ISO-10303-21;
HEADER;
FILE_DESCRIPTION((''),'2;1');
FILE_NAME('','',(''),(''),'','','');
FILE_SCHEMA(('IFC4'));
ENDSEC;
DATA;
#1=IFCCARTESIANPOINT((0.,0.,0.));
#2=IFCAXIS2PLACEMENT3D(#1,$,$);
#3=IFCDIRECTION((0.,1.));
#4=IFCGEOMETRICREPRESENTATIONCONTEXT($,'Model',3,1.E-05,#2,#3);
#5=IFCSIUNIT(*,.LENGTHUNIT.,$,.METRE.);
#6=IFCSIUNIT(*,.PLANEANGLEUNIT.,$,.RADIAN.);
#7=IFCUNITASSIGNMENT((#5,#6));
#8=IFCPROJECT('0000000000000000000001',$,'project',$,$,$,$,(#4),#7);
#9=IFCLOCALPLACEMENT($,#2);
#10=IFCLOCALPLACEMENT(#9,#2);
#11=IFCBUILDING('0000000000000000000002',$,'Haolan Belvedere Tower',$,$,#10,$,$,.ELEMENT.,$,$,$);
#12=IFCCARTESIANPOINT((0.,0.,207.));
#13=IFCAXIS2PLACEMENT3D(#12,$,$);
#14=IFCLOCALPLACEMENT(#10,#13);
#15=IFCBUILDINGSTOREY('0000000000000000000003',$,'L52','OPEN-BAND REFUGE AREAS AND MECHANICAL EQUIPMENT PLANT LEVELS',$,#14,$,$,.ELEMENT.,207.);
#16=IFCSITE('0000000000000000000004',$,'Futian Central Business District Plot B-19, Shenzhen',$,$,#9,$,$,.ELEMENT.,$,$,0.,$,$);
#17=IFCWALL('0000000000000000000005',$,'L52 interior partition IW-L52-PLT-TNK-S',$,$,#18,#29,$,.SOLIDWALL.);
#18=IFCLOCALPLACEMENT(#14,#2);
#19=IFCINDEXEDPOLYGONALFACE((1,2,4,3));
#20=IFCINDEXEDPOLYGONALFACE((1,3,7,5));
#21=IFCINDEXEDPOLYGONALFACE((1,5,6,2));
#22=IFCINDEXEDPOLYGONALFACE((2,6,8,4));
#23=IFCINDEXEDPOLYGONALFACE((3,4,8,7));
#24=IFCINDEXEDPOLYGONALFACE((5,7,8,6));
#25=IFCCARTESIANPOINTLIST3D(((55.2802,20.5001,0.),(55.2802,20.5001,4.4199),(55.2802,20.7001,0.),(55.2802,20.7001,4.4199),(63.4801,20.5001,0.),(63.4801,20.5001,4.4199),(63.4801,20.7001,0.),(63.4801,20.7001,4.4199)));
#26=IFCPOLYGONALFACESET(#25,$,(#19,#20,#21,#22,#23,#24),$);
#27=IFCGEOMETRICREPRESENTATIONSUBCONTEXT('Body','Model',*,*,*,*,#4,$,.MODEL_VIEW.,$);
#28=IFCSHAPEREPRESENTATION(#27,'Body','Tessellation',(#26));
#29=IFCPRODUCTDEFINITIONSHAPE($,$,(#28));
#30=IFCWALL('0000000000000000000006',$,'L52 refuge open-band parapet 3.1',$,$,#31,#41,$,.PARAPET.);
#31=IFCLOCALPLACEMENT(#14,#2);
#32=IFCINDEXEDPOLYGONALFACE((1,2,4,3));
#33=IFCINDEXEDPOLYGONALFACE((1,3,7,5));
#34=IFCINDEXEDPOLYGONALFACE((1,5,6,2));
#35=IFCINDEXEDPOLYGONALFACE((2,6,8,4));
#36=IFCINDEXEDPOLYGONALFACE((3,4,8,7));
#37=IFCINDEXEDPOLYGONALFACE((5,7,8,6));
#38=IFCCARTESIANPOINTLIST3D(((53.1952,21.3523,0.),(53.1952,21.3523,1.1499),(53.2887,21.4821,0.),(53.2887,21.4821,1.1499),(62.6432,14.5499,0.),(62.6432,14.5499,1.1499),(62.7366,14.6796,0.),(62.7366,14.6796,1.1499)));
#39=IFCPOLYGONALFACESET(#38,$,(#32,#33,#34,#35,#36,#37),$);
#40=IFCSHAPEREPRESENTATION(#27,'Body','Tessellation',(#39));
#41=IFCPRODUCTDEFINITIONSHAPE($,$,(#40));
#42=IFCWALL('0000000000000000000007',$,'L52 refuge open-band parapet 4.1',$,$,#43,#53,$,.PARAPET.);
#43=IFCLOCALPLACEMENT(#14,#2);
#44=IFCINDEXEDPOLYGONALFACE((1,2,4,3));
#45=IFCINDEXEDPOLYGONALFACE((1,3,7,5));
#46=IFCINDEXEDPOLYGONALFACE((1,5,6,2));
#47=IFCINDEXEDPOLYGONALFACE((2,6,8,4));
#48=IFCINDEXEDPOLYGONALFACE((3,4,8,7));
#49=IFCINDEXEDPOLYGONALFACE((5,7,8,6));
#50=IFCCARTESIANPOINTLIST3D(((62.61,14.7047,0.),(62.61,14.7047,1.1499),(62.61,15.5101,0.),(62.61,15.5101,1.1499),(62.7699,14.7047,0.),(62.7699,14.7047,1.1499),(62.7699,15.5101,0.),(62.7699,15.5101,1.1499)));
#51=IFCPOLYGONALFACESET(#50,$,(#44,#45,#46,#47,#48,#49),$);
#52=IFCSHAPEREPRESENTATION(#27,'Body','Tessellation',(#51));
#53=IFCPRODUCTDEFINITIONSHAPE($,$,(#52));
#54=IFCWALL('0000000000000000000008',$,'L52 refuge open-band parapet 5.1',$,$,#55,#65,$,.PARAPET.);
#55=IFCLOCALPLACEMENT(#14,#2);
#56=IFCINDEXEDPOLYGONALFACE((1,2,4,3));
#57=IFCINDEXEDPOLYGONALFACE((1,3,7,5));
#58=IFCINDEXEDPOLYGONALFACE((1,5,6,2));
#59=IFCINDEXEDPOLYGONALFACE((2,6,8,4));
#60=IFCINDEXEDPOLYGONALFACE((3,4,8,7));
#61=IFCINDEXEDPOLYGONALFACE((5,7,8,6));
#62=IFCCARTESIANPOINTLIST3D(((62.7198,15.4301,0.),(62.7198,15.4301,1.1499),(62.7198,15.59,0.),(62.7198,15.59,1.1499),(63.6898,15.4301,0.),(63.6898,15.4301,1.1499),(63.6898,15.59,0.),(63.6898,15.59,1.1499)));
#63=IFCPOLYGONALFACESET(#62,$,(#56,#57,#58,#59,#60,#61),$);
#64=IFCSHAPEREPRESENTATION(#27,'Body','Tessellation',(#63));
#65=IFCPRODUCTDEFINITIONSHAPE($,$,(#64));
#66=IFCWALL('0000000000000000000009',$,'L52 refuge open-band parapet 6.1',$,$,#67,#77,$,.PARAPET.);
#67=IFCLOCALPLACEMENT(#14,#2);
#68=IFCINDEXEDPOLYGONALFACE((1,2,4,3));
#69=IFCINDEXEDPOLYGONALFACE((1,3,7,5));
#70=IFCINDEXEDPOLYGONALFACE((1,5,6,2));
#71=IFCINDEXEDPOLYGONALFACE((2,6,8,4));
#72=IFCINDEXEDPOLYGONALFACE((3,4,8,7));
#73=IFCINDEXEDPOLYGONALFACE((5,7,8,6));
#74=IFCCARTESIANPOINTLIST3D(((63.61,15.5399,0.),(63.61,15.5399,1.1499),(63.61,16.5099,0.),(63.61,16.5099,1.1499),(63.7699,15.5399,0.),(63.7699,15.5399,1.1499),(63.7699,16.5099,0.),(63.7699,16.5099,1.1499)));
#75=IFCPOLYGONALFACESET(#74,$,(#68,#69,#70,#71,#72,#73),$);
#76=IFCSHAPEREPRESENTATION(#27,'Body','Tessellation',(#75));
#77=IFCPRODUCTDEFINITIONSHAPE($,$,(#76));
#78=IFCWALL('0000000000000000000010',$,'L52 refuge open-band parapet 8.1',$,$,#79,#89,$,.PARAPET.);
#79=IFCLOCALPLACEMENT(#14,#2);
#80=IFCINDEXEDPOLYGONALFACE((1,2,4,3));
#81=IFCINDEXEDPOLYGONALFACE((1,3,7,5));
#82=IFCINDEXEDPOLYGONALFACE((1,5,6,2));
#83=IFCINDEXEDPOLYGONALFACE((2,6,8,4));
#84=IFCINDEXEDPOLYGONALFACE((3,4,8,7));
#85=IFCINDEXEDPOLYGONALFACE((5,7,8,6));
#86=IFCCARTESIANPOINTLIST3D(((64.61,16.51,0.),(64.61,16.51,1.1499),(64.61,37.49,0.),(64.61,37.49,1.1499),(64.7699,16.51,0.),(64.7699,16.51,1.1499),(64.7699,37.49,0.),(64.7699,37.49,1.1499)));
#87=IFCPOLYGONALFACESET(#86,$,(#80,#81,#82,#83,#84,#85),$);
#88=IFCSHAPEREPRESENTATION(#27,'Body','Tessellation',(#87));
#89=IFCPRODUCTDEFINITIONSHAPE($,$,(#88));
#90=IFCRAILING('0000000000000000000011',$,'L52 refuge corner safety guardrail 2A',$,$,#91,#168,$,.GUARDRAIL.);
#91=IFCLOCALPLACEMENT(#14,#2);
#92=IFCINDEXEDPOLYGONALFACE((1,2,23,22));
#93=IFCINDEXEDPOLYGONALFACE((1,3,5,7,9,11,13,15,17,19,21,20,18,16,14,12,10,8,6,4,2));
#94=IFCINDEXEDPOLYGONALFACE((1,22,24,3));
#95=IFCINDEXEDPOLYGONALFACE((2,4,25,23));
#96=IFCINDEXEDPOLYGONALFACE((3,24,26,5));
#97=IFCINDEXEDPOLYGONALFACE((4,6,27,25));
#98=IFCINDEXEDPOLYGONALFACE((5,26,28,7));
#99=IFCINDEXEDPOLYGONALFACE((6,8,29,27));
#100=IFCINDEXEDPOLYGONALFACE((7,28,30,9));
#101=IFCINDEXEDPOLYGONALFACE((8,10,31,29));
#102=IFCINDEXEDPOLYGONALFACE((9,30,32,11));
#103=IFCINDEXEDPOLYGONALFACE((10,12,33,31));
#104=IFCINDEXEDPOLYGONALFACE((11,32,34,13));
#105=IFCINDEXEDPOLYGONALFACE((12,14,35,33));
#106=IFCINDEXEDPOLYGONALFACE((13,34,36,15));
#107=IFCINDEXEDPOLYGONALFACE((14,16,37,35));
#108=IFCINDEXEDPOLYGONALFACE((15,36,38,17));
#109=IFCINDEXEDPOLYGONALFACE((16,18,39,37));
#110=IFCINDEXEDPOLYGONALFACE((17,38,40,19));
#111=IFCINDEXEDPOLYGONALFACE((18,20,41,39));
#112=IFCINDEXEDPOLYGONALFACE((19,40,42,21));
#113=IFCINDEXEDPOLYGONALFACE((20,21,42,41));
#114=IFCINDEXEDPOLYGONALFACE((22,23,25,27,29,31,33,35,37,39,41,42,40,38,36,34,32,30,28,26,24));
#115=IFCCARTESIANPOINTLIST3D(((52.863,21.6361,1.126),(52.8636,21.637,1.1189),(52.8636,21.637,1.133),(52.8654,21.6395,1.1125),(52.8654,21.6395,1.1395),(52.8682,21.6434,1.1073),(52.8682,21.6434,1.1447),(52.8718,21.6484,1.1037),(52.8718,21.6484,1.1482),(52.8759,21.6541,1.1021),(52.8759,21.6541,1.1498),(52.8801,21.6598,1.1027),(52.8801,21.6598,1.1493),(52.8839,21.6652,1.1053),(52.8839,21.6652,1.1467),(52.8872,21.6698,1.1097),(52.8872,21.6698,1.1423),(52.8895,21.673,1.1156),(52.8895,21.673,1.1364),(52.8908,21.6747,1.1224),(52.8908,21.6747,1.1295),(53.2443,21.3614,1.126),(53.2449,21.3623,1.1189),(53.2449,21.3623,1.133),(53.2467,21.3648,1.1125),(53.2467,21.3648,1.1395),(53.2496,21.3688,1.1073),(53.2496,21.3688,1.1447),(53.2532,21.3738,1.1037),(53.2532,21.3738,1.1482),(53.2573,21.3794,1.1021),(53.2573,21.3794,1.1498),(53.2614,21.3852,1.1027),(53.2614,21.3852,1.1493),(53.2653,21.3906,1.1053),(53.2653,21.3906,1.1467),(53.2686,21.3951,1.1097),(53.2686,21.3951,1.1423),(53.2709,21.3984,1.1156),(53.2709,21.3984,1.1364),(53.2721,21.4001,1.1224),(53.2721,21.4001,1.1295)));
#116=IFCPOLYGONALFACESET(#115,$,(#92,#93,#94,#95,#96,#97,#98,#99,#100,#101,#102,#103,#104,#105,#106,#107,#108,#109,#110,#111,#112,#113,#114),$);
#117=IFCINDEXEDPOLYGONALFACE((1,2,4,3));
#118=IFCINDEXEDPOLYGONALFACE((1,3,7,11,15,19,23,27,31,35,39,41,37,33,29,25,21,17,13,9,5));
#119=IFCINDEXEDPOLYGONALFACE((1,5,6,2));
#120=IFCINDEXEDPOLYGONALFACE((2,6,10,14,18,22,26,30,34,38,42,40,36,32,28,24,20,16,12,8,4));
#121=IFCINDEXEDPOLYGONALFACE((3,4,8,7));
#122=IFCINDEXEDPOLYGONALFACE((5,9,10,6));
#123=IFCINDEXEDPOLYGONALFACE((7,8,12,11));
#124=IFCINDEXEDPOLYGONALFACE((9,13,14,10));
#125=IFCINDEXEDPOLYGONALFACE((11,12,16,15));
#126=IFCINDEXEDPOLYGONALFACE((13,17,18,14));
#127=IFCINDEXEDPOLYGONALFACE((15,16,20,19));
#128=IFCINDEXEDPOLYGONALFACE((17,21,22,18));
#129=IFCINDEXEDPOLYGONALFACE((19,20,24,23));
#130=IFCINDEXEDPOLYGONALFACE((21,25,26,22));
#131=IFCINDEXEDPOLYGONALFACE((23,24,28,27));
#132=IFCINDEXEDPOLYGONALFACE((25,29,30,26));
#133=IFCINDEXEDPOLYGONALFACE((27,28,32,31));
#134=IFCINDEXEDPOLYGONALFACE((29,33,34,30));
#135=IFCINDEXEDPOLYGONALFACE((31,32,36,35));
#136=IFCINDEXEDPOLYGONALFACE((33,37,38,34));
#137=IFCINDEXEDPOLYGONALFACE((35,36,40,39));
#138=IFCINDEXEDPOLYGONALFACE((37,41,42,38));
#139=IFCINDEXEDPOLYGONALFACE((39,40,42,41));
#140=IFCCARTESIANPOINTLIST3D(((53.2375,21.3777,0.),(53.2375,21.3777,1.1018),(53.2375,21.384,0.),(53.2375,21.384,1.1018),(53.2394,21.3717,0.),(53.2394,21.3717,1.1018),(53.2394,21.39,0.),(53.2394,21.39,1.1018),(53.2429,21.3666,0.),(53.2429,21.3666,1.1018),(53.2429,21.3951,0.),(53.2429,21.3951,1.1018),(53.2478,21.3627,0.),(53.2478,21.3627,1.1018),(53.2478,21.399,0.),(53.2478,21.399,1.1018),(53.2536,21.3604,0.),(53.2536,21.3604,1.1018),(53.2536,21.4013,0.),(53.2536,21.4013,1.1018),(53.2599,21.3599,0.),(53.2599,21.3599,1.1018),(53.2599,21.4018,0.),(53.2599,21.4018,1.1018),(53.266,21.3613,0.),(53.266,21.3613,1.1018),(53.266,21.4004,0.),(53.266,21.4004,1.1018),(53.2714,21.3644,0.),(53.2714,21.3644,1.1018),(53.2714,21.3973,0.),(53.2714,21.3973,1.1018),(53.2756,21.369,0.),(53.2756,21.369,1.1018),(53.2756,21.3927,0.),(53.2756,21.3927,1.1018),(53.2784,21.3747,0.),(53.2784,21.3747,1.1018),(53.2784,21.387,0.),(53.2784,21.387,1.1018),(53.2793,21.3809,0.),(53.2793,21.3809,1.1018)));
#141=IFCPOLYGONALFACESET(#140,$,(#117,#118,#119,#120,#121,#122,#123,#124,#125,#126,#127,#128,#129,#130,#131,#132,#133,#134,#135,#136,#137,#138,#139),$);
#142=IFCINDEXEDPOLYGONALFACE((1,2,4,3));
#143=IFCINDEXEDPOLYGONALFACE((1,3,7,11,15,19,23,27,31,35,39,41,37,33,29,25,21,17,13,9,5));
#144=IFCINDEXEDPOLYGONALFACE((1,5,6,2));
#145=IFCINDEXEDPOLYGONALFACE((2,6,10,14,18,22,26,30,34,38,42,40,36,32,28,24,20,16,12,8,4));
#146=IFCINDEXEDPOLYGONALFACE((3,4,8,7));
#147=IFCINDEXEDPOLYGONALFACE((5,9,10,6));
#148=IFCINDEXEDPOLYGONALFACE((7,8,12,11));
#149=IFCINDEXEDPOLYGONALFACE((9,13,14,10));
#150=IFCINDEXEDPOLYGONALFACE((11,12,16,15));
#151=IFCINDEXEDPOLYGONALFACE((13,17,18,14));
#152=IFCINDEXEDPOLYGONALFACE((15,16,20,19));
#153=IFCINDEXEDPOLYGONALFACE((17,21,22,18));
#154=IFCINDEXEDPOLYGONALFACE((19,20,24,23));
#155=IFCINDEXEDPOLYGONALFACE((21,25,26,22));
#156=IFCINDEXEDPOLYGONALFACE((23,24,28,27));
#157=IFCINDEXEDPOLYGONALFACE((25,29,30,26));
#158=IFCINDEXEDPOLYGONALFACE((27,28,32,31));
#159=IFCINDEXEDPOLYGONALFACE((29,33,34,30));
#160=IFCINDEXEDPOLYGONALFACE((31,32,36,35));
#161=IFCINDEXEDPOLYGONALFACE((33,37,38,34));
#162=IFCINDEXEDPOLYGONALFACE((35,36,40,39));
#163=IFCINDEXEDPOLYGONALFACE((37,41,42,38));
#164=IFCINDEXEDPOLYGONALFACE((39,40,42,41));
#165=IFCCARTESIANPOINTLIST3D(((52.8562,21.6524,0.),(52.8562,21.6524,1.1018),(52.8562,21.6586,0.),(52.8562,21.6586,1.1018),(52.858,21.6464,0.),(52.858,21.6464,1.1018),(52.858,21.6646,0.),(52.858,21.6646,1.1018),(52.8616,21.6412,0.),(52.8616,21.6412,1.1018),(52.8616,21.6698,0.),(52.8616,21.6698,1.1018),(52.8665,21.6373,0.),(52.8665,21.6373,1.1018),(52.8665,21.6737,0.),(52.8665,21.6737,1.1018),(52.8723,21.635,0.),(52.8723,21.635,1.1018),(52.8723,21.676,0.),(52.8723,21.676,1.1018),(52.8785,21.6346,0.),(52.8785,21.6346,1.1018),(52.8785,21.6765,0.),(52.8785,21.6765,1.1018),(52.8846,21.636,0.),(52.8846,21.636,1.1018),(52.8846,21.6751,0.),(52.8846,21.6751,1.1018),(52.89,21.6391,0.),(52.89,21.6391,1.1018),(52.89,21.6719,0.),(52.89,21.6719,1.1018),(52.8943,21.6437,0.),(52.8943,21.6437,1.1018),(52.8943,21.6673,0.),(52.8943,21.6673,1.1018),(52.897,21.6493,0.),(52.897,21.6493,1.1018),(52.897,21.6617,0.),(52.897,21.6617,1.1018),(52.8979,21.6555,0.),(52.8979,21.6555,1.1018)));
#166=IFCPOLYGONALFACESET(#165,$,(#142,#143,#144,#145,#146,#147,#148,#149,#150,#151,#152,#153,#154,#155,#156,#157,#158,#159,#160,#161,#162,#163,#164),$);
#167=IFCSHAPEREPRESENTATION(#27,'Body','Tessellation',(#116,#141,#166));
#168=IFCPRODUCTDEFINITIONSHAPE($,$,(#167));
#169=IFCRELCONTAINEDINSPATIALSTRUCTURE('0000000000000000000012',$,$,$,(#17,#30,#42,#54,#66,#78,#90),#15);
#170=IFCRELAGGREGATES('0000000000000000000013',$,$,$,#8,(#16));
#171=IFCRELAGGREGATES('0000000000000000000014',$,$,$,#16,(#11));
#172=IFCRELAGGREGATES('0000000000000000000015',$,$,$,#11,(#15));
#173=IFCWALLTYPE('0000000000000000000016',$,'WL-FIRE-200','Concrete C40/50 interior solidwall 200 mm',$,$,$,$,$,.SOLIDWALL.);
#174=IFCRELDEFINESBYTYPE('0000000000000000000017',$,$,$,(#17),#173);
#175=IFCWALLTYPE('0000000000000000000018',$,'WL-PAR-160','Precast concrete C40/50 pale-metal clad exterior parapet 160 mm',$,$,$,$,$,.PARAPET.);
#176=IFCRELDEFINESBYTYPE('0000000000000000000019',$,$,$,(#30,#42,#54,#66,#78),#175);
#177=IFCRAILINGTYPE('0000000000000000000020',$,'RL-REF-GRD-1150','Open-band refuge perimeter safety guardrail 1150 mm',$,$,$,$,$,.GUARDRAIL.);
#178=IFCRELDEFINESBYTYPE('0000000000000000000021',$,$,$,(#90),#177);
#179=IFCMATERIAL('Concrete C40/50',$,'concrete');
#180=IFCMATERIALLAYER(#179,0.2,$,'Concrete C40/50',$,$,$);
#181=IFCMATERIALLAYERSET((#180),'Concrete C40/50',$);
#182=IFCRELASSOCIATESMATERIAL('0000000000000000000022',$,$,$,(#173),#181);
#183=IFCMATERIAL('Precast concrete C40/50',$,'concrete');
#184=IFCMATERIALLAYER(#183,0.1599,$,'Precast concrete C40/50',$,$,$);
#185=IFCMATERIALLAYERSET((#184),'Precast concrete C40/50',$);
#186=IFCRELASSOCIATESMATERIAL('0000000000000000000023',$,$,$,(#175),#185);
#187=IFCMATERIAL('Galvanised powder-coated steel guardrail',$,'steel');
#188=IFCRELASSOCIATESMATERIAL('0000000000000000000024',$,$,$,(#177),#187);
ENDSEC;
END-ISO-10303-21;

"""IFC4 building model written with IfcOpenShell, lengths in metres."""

from ifc_helpers import new_model, si_unit, direction, frame, frame_2d, origin, origin_2d, place, context, subcontext, project, spatial, rectangle, circle, extrude, material, layer, layer_set, type_object, element, save


model = new_model("IFC4")

# Units and contexts
model_context = context("Model", 3, precision=1e-05, world=origin(), true_north=direction((0.0, 1.0)))
body_context = subcontext(model_context, "Body", "Model", "MODEL_VIEW")
ifc_project = project(units=[si_unit("LENGTHUNIT", "METRE"), si_unit("PLANEANGLEUNIT", "RADIAN")], contexts=[model_context])

# Site, building, storey
site_placement = place(None, origin())
site = spatial("IfcSite", under=ifc_project, at=site_placement, Name="Futian Central Business District Plot B-19, Shenzhen", CompositionType="ELEMENT", RefElevation=0.0)
building_placement = place(site_placement, origin())
building = spatial("IfcBuilding", under=site, at=building_placement, Name="Haolan Belvedere Tower", CompositionType="ELEMENT")
storey_placement = place(building_placement, frame((0.0, 0.0, 207.0)))
storey = spatial("IfcBuildingStorey", under=building, at=storey_placement, Name="L52", Description="OPEN-BAND REFUGE AREAS AND MECHANICAL EQUIPMENT PLANT LEVELS", CompositionType="ELEMENT", Elevation=207.0)

# Shared definitions
ifc_material_1 = material(Name="Concrete C40/50", Category="concrete")
ifc_layer_1 = layer(ifc_material_1, 0.2, Name="Concrete C40/50")
ifc_layer_set_1 = layer_set([ifc_layer_1], Name="Concrete C40/50")
wall_type_1 = type_object("IfcWallType", Name="WL-FIRE-200", Description="Concrete C40/50 interior solidwall 200 mm", PredefinedType="SOLIDWALL", material=ifc_layer_set_1)

# Wall
wall_1_placement = place(storey_placement, frame((55.28, 20.6001, 0.0), z_axis=(0.0, 0.0, 1.0), x_axis=(1.0, 0.0, 0.0)))
element("IfcWall", 1, at=wall_1_placement, inside=storey, type_object=wall_type_1, Name="L52 interior partition IW-L52-PLT-TNK-S", PredefinedType="SOLIDWALL", context=body_context, shape_type="SweptSolid", body=[
    extrude(rectangle(XDim=8.2, YDim=0.2, at=frame_2d((4.1001, 0.0))), origin(), (0.0, 0.0, 1.0), 4.4199),
])

# Walls
ifc_material_2 = material(Name="Precast concrete C40/50", Category="concrete")
ifc_layer_2 = layer(ifc_material_2, 0.1599, Name="Precast concrete C40/50")
ifc_layer_set_2 = layer_set([ifc_layer_2], Name="Precast concrete C40/50")
wall_type_2 = type_object("IfcWallType", Name="WL-PAR-160", Description="Precast concrete C40/50 pale-metal clad exterior parapet 160 mm", PredefinedType="PARAPET", material=ifc_layer_set_2)
wall_2_placement = place(storey_placement, frame((53.2419, 21.4172, 0.0), z_axis=(0.0, 0.0, 1.0), x_axis=(0.811537, -0.584301, 0.0)))
element("IfcWall", 2, at=wall_2_placement, inside=storey, type_object=wall_type_2, Name="L52 refuge open-band parapet 3.1", PredefinedType="PARAPET", context=body_context, shape_type="SweptSolid", body=[
    extrude(rectangle(XDim=11.6421, YDim=0.1599, at=frame_2d((5.821, 0.0))), origin(), (0.0, 0.0, 1.0), 1.1499),
])
wall_3_placement = place(storey_placement, frame((62.6899, 14.7046, 0.0), z_axis=(0.0, 0.0, 1.0), x_axis=(0.0, 1.0, 0.0)))
element("IfcWall", 3, at=wall_3_placement, inside=storey, type_object=wall_type_2, Name="L52 refuge open-band parapet 4.1", PredefinedType="PARAPET", context=body_context, shape_type="SweptSolid", body=[
    extrude(rectangle(XDim=0.8054, YDim=0.1599, at=frame_2d((0.4028, 0.0))), origin(), (0.0, 0.0, 1.0), 1.1499),
])
for number, where, z_axis, x_axis, name in (
    (4, (62.72, 15.51, 0.0), (0.0, 0.0, 1.0), (1.0, 0.0, 0.0), "L52 refuge open-band parapet 5.1"),
    (5, (63.6899, 15.54, 0.0), (0.0, 0.0, 1.0), (0.0, 1.0, 0.0), "L52 refuge open-band parapet 6.1"),
):
    element("IfcWall", number, at=place(storey_placement, frame(where, z_axis=z_axis, x_axis=x_axis)), inside=storey, type_object=wall_type_2, Name=name, PredefinedType="PARAPET", context=body_context, shape_type="SweptSolid", body=[
        extrude(rectangle(XDim=0.97, YDim=0.1599, at=frame_2d((0.4849, 0.0))), origin(), (0.0, 0.0, 1.0), 1.1499),
    ])
wall_4_placement = place(storey_placement, frame((64.6899, 16.51, 0.0), z_axis=(0.0, 0.0, 1.0), x_axis=(0.0, 1.0, 0.0)))
element("IfcWall", 6, at=wall_4_placement, inside=storey, type_object=wall_type_2, Name="L52 refuge open-band parapet 8.1", PredefinedType="PARAPET", context=body_context, shape_type="SweptSolid", body=[
    extrude(rectangle(XDim=20.98, YDim=0.1599, at=frame_2d((10.49, 0.0))), origin(), (0.0, 0.0, 1.0), 1.1499),
])

# Railing
ifc_material_3 = material(Name="Galvanised powder-coated steel guardrail", Category="steel")
railing_type = type_object("IfcRailingType", Name="RL-REF-GRD-1150", Description="Open-band refuge perimeter safety guardrail 1150 mm", PredefinedType="GUARDRAIL", material=ifc_material_3)
railing_1_placement = place(storey_placement, frame((53.2583, 21.3809, 0.0)))
element("IfcRailing", 7, at=railing_1_placement, inside=storey, type_object=railing_type, Name="L52 refuge corner safety guardrail 2A", PredefinedType="GUARDRAIL", context=body_context, shape_type="SweptSolid", body=[
    extrude(circle(Radius=0.0239, at=origin_2d()), frame((0.0, 0.0, 1.126), z_axis=(-0.811446, 0.584428, 0.0), x_axis=(-0.584428, -0.811446, 0.0)), (0.0, 0.0, 1.0), 0.47),
    extrude(circle(Radius=0.021, at=origin_2d()), origin(), (0.0, 0.0, 1.0), 1.1018),
    extrude(circle(Radius=0.021, at=origin_2d()), frame((-0.3813, 0.2747, 0.0)), (0.0, 0.0, 1.0), 1.1018),
])

save(model, "model.ifc")
